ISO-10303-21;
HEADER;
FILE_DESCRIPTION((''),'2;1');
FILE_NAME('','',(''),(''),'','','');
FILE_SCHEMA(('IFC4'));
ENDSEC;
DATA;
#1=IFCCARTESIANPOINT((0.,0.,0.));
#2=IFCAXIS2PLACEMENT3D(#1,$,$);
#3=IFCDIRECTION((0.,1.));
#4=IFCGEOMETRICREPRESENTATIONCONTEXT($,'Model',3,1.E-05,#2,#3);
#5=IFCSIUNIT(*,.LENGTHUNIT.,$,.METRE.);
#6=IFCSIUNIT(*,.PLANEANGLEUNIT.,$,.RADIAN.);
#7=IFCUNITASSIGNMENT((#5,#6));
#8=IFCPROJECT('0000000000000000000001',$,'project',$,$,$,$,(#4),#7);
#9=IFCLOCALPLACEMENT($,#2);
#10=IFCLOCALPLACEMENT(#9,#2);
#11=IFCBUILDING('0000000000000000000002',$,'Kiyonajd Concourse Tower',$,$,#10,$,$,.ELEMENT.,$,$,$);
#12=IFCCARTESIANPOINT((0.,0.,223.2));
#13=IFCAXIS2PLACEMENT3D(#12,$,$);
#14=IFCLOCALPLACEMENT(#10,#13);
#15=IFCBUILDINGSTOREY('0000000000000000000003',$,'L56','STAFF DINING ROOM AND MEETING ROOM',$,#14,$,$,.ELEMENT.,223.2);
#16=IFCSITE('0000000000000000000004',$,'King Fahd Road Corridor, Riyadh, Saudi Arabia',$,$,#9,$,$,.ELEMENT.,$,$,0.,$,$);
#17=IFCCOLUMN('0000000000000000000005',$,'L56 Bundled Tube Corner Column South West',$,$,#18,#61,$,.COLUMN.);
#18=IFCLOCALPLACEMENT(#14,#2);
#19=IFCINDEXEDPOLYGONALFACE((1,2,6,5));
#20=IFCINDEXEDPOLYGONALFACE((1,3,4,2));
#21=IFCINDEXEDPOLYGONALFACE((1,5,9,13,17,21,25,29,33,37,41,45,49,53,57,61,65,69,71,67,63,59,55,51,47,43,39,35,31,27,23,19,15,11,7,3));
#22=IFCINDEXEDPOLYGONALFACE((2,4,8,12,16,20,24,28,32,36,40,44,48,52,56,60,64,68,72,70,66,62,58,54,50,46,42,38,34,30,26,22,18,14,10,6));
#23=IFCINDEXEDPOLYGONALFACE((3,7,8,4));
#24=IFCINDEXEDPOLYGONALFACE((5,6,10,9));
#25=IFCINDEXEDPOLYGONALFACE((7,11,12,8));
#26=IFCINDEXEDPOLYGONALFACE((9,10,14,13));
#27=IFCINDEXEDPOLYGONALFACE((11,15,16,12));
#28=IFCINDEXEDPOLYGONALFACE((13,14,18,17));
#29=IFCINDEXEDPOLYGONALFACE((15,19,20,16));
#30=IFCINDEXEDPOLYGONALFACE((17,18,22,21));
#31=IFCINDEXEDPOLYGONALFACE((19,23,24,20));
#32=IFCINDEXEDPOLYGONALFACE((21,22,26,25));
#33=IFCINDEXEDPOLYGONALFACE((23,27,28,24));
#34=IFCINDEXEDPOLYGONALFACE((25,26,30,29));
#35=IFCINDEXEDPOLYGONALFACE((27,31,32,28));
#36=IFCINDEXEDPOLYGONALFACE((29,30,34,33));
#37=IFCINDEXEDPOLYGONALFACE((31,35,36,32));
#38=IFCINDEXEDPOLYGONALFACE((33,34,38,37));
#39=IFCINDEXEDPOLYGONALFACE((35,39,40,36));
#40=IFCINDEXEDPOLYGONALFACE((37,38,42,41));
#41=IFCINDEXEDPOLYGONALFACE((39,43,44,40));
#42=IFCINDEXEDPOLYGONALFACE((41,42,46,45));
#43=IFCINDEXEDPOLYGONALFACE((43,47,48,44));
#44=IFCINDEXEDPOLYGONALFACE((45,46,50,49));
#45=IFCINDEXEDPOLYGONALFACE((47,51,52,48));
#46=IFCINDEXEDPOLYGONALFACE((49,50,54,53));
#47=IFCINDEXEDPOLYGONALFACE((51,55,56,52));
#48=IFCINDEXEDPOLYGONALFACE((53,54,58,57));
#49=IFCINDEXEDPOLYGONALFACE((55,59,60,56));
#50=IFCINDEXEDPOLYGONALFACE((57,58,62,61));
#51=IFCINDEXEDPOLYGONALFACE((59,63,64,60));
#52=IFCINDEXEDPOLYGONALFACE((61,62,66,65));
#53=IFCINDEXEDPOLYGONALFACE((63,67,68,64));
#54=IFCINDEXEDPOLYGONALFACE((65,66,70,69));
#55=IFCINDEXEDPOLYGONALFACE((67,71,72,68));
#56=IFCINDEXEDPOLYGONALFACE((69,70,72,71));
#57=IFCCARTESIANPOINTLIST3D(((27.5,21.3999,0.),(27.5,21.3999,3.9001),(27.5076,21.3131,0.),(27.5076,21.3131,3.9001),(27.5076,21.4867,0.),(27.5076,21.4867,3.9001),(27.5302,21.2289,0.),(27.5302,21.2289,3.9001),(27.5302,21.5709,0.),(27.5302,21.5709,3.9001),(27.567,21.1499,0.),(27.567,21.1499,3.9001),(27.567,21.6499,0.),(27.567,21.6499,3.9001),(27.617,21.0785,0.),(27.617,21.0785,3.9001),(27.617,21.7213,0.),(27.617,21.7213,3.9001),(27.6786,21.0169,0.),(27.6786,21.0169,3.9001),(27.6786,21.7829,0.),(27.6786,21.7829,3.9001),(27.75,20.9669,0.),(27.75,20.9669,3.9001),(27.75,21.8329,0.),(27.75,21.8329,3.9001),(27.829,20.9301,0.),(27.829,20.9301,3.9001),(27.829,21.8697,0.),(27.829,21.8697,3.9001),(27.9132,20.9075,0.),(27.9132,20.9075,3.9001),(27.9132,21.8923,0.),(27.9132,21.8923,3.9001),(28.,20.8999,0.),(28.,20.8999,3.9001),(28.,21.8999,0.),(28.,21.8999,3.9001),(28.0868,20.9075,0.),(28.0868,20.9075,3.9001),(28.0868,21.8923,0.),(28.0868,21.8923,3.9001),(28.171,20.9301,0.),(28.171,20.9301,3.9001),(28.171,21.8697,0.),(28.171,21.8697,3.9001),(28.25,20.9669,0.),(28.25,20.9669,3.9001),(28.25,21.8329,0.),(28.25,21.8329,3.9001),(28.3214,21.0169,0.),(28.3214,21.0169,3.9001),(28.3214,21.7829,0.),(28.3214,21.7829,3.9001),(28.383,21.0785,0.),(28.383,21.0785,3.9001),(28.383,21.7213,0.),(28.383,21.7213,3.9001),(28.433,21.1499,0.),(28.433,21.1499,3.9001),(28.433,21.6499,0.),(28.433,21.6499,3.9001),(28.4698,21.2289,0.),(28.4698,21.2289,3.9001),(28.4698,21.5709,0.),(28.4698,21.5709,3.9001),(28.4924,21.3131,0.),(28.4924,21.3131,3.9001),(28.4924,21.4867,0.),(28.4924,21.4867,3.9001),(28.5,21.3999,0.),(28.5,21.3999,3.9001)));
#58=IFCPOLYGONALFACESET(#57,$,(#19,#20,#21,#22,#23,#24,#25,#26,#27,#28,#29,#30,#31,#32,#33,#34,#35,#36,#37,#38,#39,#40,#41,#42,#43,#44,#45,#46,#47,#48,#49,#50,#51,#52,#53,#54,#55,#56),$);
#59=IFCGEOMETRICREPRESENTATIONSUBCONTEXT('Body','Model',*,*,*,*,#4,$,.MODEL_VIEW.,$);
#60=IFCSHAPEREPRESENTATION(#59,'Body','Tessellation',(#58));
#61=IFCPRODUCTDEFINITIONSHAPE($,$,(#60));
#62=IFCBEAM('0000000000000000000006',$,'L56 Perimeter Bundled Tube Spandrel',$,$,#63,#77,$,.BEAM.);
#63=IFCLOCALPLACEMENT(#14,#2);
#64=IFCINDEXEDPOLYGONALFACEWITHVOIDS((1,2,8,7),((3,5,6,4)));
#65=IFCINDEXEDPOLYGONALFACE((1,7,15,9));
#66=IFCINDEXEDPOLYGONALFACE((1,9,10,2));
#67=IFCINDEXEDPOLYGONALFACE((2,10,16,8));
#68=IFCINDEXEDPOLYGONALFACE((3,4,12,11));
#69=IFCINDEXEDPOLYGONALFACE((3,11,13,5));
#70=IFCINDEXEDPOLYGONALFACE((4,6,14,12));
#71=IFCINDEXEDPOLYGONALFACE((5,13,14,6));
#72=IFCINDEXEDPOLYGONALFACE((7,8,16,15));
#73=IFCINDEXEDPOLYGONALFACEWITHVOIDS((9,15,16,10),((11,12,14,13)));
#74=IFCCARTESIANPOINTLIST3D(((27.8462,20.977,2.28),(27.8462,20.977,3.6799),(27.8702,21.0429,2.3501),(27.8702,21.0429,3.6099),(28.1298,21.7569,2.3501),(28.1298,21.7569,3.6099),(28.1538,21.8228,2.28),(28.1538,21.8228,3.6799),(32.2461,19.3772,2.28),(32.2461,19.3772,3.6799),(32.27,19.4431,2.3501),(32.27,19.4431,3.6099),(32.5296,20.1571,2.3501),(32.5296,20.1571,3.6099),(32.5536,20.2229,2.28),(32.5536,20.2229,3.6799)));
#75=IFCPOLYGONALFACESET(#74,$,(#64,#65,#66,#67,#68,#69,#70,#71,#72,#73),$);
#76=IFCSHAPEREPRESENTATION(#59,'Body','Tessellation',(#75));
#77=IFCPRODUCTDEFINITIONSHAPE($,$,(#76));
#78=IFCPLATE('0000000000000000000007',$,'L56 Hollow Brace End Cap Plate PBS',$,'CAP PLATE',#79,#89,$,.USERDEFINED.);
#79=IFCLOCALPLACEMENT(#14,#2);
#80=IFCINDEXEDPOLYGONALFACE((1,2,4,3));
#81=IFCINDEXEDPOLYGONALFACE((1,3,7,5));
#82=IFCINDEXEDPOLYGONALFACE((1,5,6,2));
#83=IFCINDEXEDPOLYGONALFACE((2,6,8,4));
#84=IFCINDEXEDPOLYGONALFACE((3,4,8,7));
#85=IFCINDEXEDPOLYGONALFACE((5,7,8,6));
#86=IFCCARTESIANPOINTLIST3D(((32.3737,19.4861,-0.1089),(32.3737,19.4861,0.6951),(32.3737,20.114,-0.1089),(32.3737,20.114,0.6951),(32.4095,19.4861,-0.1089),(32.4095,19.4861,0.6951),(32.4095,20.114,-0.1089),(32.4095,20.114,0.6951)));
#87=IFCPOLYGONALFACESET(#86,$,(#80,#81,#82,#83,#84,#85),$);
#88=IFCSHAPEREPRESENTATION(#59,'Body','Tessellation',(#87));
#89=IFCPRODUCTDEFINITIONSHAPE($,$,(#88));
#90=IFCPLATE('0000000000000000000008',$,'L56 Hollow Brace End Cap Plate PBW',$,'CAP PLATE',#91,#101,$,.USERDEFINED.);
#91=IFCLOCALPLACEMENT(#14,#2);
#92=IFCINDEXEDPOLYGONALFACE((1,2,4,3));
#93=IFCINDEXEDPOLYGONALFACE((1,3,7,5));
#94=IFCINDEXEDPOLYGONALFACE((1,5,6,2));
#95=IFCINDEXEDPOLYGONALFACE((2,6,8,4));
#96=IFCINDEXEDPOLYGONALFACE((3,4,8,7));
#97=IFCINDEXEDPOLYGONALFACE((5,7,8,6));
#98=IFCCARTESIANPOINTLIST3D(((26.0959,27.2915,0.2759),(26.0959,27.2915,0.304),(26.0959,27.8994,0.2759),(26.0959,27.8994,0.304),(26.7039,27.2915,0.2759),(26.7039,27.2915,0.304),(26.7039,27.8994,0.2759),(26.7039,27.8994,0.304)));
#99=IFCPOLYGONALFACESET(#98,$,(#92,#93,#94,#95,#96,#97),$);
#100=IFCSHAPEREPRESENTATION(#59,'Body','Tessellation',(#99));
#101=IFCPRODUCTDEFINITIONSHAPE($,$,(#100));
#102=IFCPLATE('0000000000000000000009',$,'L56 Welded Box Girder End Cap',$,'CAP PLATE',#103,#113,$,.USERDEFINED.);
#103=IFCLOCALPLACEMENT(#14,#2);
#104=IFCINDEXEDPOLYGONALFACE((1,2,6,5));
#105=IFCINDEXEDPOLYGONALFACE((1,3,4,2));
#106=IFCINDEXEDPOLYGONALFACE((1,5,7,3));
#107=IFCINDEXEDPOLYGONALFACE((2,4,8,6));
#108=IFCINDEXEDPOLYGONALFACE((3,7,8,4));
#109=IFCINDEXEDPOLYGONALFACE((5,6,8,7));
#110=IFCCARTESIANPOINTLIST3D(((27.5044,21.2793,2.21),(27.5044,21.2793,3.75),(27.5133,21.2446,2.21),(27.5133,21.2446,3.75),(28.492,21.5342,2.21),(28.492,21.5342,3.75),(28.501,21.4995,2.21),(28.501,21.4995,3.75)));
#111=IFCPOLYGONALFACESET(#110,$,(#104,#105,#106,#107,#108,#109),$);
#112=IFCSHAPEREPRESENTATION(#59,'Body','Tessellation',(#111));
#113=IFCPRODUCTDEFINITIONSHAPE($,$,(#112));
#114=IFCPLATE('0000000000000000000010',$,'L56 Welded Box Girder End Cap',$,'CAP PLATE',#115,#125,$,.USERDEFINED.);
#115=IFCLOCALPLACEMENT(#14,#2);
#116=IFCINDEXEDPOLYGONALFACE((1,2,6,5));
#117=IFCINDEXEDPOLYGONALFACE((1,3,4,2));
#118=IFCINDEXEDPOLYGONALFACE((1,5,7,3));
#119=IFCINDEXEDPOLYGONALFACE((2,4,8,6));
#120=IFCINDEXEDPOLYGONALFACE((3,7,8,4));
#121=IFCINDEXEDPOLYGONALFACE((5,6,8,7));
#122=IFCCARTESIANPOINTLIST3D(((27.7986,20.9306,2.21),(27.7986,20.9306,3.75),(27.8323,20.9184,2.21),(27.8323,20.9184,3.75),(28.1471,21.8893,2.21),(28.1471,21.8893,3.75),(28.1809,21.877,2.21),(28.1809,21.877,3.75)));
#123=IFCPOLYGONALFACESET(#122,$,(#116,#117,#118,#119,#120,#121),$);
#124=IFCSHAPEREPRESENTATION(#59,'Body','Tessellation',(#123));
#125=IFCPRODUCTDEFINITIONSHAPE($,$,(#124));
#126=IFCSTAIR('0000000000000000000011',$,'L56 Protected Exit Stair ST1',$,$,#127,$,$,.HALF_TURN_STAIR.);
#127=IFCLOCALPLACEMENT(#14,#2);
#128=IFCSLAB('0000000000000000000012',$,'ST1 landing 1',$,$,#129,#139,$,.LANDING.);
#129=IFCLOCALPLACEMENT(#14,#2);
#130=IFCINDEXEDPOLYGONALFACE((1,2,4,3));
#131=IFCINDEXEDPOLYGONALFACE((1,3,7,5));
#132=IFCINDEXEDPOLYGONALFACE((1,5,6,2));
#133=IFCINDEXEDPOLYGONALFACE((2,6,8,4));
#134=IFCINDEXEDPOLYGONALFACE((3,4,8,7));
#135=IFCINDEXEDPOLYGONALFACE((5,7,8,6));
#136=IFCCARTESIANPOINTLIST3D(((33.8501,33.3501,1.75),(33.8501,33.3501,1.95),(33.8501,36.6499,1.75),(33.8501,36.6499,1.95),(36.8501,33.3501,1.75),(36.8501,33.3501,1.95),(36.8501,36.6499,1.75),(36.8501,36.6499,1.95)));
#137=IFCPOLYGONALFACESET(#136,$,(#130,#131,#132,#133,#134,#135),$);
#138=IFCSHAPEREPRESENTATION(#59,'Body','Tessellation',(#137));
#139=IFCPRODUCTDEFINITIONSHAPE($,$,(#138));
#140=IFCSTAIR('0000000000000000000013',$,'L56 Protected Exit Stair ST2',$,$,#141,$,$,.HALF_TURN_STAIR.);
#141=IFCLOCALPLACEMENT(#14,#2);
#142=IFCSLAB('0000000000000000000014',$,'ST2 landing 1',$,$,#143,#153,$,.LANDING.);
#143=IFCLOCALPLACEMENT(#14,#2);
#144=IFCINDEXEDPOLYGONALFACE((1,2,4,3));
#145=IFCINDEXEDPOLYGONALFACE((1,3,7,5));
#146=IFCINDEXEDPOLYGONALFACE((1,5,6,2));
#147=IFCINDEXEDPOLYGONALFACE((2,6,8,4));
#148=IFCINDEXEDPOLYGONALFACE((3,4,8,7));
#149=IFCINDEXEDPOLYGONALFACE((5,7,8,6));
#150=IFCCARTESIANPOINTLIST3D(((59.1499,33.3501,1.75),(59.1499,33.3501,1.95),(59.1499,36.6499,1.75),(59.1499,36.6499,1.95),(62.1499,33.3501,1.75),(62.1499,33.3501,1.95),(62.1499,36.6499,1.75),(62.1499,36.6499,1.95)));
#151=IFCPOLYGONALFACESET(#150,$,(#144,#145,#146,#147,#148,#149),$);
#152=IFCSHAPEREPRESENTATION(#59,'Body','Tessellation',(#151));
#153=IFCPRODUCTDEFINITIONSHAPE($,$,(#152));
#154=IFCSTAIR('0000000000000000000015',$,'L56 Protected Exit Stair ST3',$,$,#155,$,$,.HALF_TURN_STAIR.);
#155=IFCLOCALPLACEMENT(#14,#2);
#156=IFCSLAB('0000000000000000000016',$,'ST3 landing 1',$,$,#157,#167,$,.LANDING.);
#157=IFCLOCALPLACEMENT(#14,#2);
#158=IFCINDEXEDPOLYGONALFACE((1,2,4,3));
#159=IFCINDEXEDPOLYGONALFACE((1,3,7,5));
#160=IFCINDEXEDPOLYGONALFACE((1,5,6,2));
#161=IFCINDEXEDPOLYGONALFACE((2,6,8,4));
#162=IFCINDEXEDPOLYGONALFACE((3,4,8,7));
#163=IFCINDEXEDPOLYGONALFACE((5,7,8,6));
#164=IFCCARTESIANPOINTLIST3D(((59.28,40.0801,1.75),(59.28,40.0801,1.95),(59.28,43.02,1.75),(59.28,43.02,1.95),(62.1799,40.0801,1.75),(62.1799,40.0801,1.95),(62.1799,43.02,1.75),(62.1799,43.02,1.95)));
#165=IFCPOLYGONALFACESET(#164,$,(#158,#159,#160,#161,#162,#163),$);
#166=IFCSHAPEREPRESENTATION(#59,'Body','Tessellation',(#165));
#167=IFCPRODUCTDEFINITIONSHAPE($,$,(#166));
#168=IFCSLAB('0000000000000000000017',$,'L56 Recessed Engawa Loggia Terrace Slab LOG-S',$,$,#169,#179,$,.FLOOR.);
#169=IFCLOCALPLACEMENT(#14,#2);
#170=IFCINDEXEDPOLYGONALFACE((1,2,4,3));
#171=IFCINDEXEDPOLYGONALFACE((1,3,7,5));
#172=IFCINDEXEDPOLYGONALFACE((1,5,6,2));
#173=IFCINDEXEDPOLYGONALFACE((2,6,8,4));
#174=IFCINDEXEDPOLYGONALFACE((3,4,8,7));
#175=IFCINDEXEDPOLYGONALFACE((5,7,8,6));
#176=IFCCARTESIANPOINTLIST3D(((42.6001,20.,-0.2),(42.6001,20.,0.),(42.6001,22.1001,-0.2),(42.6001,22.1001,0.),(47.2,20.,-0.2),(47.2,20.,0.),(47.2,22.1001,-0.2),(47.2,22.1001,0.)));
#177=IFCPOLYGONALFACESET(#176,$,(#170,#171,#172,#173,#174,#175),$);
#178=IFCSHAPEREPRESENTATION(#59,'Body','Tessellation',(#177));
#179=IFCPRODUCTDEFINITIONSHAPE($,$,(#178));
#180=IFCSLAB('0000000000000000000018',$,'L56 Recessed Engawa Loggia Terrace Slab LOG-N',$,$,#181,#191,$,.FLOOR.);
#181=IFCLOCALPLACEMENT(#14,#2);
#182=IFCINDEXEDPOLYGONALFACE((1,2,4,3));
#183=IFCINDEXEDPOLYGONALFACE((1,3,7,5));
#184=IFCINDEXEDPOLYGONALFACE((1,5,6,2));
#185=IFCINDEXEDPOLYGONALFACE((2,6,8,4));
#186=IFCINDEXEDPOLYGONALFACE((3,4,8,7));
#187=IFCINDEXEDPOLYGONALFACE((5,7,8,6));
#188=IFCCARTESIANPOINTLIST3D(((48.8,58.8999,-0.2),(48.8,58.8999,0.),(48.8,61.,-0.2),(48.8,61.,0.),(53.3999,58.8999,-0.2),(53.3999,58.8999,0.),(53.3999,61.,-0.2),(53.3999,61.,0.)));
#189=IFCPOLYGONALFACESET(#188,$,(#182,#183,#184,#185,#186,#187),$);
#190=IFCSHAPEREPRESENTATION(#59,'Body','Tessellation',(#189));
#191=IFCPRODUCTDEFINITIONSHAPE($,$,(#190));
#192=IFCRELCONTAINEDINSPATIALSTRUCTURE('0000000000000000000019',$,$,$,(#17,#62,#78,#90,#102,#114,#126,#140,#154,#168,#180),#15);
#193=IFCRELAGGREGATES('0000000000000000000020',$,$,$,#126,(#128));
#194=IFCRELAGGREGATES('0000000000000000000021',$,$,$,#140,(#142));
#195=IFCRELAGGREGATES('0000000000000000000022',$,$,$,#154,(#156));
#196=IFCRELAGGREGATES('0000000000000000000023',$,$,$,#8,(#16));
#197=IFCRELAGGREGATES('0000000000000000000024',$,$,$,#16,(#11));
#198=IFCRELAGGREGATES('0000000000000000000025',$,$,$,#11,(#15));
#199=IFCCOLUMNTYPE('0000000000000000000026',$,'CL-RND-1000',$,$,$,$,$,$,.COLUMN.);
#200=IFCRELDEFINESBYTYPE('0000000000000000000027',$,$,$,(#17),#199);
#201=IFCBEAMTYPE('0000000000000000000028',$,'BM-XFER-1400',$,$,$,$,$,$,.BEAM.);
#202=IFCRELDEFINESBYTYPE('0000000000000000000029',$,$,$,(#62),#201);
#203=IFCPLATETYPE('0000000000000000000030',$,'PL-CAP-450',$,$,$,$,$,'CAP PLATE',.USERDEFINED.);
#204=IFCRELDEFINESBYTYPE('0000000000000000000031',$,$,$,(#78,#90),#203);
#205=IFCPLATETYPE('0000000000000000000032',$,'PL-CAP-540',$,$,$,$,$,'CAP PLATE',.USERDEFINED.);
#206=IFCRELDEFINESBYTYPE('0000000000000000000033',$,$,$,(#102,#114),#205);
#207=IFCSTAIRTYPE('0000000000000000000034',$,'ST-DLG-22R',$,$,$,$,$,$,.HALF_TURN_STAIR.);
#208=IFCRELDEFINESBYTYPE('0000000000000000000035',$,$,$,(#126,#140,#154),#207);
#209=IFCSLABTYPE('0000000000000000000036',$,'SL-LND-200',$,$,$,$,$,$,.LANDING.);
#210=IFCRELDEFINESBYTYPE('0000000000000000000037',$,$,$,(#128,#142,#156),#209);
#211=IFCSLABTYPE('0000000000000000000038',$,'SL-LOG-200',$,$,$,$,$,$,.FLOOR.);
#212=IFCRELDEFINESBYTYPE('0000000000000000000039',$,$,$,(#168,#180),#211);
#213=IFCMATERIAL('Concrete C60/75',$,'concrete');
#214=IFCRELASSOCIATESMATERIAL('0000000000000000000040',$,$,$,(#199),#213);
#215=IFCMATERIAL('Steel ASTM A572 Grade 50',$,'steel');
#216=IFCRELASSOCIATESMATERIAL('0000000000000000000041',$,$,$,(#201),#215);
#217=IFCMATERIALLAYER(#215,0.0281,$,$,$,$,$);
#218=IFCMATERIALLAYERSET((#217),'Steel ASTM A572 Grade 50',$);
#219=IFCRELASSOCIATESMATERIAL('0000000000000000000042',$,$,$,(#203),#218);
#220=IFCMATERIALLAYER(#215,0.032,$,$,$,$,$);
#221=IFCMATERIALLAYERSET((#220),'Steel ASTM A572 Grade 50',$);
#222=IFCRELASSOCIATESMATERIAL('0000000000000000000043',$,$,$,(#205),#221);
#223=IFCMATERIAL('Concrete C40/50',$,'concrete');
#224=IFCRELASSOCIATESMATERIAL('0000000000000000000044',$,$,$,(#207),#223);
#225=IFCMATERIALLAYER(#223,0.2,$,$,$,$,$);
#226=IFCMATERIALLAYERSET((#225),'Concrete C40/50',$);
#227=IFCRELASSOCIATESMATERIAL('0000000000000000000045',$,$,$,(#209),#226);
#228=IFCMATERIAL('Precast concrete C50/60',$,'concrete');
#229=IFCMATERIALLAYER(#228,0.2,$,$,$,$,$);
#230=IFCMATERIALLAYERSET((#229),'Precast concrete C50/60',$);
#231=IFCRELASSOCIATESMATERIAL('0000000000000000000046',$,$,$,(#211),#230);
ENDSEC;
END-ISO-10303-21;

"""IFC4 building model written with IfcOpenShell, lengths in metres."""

from ifc_helpers import new_model, si_unit, direction, frame, origin, origin_2d, place, context, subcontext, project, spatial, polyline, rectangle, hollow_rectangle, circle, outline, extrude, material, layer, layer_set, material_profile, profile_set, type_object, element, aggregate, save


model = new_model("IFC4")

# Units and contexts
model_context = context("Model", 3, precision=1e-05, world=origin(), true_north=direction((0.0, 1.0)))
body_context = subcontext(model_context, "Body", "Model", "MODEL_VIEW")
ifc_project = project(units=[si_unit("LENGTHUNIT", "METRE"), si_unit("PLANEANGLEUNIT", "RADIAN")], contexts=[model_context])

# Site, building, storey
site_placement = place(None, origin())
site = spatial("IfcSite", under=ifc_project, at=site_placement, Name="King Fahd Road Corridor, Riyadh, Saudi Arabia", CompositionType="ELEMENT", RefElevation=0.0)
building_placement = place(site_placement, origin())
building = spatial("IfcBuilding", under=site, at=building_placement, Name="Kiyonajd Concourse Tower", CompositionType="ELEMENT")
storey_placement = place(building_placement, frame((0.0, 0.0, 223.2)))
storey = spatial("IfcBuildingStorey", under=building, at=storey_placement, Name="L56", Description="STAFF DINING ROOM AND MEETING ROOM", CompositionType="ELEMENT", Elevation=223.2)

# Column
ifc_material_1 = material(Name="Concrete C60/75", Category="concrete")
ifc_material_profile_1 = material_profile(ifc_material_1, circle(Radius=0.5, at=origin_2d()), Name="RCC-D1000")
ifc_profile_set_1 = profile_set([ifc_material_profile_1], Name="Concrete C60/75")
column_type = type_object("IfcColumnType", Name="CL-RND-1000", PredefinedType="COLUMN", material=ifc_profile_set_1)
column_placement = place(storey_placement, frame((28.0, 21.3999, 0.0), z_axis=(0.0, 0.0, 1.0), x_axis=(1.0, 0.0, 0.0)))
element("IfcColumn", 1, at=column_placement, inside=storey, type_object=column_type, Name="L56 Bundled Tube Corner Column South West", PredefinedType="COLUMN", context=body_context, shape_type="SweptSolid", body=[
    extrude(circle(Radius=0.5, at=origin_2d()), origin(), (0.0, 0.0, 1.0), 3.9001),
])

# Beam
ifc_material_2 = material(Name="Steel ASTM A572 Grade 50", Category="steel")
ifc_material_profile_2 = material_profile(ifc_material_2, hollow_rectangle(XDim=0.8999, YDim=1.3999, WallThickness=0.0701, at=origin_2d()), Name="BOX-1400x900x70")
ifc_profile_set_2 = profile_set([ifc_material_profile_2], Name="Steel ASTM A572 Grade 50")
beam_type = type_object("IfcBeamType", Name="BM-XFER-1400", PredefinedType="BEAM", material=ifc_profile_set_2)
beam_placement = place(storey_placement, frame((28.0, 21.3999, 2.98), z_axis=(0.939801, -0.341722, 0.0), x_axis=(0.341722, 0.939801, 0.0)))
element("IfcBeam", 2, at=beam_placement, inside=storey, type_object=beam_type, Name="L56 Perimeter Bundled Tube Spandrel", PredefinedType="BEAM", context=body_context, shape_type="SweptSolid", body=[
    extrude(hollow_rectangle(XDim=0.8999, YDim=1.3999, WallThickness=0.0701, at=origin_2d()), origin(), (0.0, 0.0, 1.0), 4.6816),
])

# Plates
ifc_layer_1 = layer(ifc_material_2, 0.0281)
ifc_layer_set_1 = layer_set([ifc_layer_1], Name="Steel ASTM A572 Grade 50")
plate_type_1 = type_object("IfcPlateType", Name="PL-CAP-450", ElementType="CAP PLATE", PredefinedType="USERDEFINED", material=ifc_layer_set_1)
plate_1_placement = place(storey_placement, frame((32.3916, 19.8, -0.1089), z_axis=(0.0, 0.0, 1.0), x_axis=(-1.0, 0.0, 0.0)))
element("IfcPlate", 3, at=plate_1_placement, inside=storey, type_object=plate_type_1, Name="L56 Hollow Brace End Cap Plate PBS", ObjectType="CAP PLATE", PredefinedType="USERDEFINED", context=body_context, shape_type="SweptSolid", body=[
    extrude(rectangle(XDim=0.0359, YDim=0.6279, at=origin_2d()), origin(), (0.0, 0.0, 1.0), 0.804),
])
plate_2_placement = place(storey_placement, frame((26.3999, 27.5955, 0.2759), z_axis=(0.0, 0.0, 1.0), x_axis=(1.0, 0.0, 0.0)))
element("IfcPlate", 4, at=plate_2_placement, inside=storey, type_object=plate_type_1, Name="L56 Hollow Brace End Cap Plate PBW", ObjectType="CAP PLATE", PredefinedType="USERDEFINED", context=body_context, shape_type="SweptSolid", body=[
    extrude(rectangle(XDim=0.6079, YDim=0.6079, at=origin_2d()), origin(), (0.0, 0.0, 1.0), 0.0281),
])
ifc_layer_2 = layer(ifc_material_2, 0.032)
ifc_layer_set_2 = layer_set([ifc_layer_2], Name="Steel ASTM A572 Grade 50")
plate_type_2 = type_object("IfcPlateType", Name="PL-CAP-540", ElementType="CAP PLATE", PredefinedType="USERDEFINED", material=ifc_layer_set_2)
for number, where, z_axis, x_axis, name in (
    (5, (28.0027, 21.3894, 2.21), (0.0, 0.0, 1.0), (0.249873, -0.968279, 0.0), "L56 Welded Box Girder End Cap"),
    (6, (27.9897, 21.4038, 2.21), (0.0, 0.0, 1.0), (-0.939812, 0.341692, 0.0), "L56 Welded Box Girder End Cap"),
):
    element("IfcPlate", number, at=place(storey_placement, frame(where, z_axis=z_axis, x_axis=x_axis)), inside=storey, type_object=plate_type_2, Name=name, ObjectType="CAP PLATE", PredefinedType="USERDEFINED", context=body_context, shape_type="SweptSolid", body=[
        extrude(rectangle(XDim=0.0359, YDim=1.02, at=origin_2d()), origin(), (0.0, 0.0, 1.0), 1.54),
    ])

# Stairs, slabs
ifc_material_3 = material(Name="Concrete C40/50", Category="concrete")
stair_type = type_object("IfcStairType", Name="ST-DLG-22R", PredefinedType="HALF_TURN_STAIR", material=ifc_material_3)
stair_1_placement = place(storey_placement, origin())
stair_1 = element("IfcStair", 7, at=stair_1_placement, inside=storey, type_object=stair_type, Name="L56 Protected Exit Stair ST1", PredefinedType="HALF_TURN_STAIR")
ifc_layer_3 = layer(ifc_material_3, 0.2)
ifc_layer_set_3 = layer_set([ifc_layer_3], Name="Concrete C40/50")
slab_type_1 = type_object("IfcSlabType", Name="SL-LND-200", PredefinedType="LANDING", material=ifc_layer_set_3)
slab_1_placement = place(storey_placement, frame((0.0, 0.0, 1.75)))
slab_1 = element("IfcSlab", 8, at=slab_1_placement, type_object=slab_type_1, Name="ST1 landing 1", PredefinedType="LANDING", context=body_context, shape_type="SweptSolid", body=[
    extrude(outline(polyline([(36.8501, 33.3501), (36.8501, 36.6499), (33.8501, 36.6499), (33.8501, 33.3501), (36.8501, 33.3501)])), origin(), (0.0, 0.0, 1.0), 0.2),
])
aggregate(stair_1, [slab_1])
stair_2_placement = place(storey_placement, origin())
stair_2 = element("IfcStair", 9, at=stair_2_placement, inside=storey, type_object=stair_type, Name="L56 Protected Exit Stair ST2", PredefinedType="HALF_TURN_STAIR")
slab_2_placement = place(storey_placement, frame((0.0, 0.0, 1.75)))
slab_2 = element("IfcSlab", 10, at=slab_2_placement, type_object=slab_type_1, Name="ST2 landing 1", PredefinedType="LANDING", context=body_context, shape_type="SweptSolid", body=[
    extrude(outline(polyline([(62.1499, 33.3501), (62.1499, 36.6499), (59.1499, 36.6499), (59.1499, 33.3501), (62.1499, 33.3501)])), origin(), (0.0, 0.0, 1.0), 0.2),
])
aggregate(stair_2, [slab_2])
stair_3_placement = place(storey_placement, origin())
stair_3 = element("IfcStair", 11, at=stair_3_placement, inside=storey, type_object=stair_type, Name="L56 Protected Exit Stair ST3", PredefinedType="HALF_TURN_STAIR")
slab_3_placement = place(storey_placement, frame((0.0, 0.0, 1.75)))
slab_3 = element("IfcSlab", 12, at=slab_3_placement, type_object=slab_type_1, Name="ST3 landing 1", PredefinedType="LANDING", context=body_context, shape_type="SweptSolid", body=[
    extrude(outline(polyline([(59.28, 40.0801), (62.1799, 40.0801), (62.1799, 43.02), (59.28, 43.02), (59.28, 40.0801)])), origin(), (0.0, 0.0, 1.0), 0.2),
])
aggregate(stair_3, [slab_3])

# Slabs
ifc_material_4 = material(Name="Precast concrete C50/60", Category="concrete")
ifc_layer_4 = layer(ifc_material_4, 0.2)
ifc_layer_set_4 = layer_set([ifc_layer_4], Name="Precast concrete C50/60")
slab_type_2 = type_object("IfcSlabType", Name="SL-LOG-200", PredefinedType="FLOOR", material=ifc_layer_set_4)
slab_4_placement = place(storey_placement, frame((0.0, 0.0, -0.2)))
element("IfcSlab", 13, at=slab_4_placement, inside=storey, type_object=slab_type_2, Name="L56 Recessed Engawa Loggia Terrace Slab LOG-S", PredefinedType="FLOOR", context=body_context, shape_type="SweptSolid", body=[
    extrude(outline(polyline([(42.6001, 20.0), (47.2, 20.0), (47.2, 22.1001), (42.6001, 22.1001), (42.6001, 20.0)])), origin(), (0.0, 0.0, 1.0), 0.2),
])
slab_5_placement = place(storey_placement, frame((0.0, 0.0, -0.2)))
element("IfcSlab", 14, at=slab_5_placement, inside=storey, type_object=slab_type_2, Name="L56 Recessed Engawa Loggia Terrace Slab LOG-N", PredefinedType="FLOOR", context=body_context, shape_type="SweptSolid", body=[
    extrude(outline(polyline([(48.8, 58.8999), (53.3999, 58.8999), (53.3999, 61.0), (48.8, 61.0), (48.8, 58.8999)])), origin(), (0.0, 0.0, 1.0), 0.2),
])

save(model, "model.ifc")
